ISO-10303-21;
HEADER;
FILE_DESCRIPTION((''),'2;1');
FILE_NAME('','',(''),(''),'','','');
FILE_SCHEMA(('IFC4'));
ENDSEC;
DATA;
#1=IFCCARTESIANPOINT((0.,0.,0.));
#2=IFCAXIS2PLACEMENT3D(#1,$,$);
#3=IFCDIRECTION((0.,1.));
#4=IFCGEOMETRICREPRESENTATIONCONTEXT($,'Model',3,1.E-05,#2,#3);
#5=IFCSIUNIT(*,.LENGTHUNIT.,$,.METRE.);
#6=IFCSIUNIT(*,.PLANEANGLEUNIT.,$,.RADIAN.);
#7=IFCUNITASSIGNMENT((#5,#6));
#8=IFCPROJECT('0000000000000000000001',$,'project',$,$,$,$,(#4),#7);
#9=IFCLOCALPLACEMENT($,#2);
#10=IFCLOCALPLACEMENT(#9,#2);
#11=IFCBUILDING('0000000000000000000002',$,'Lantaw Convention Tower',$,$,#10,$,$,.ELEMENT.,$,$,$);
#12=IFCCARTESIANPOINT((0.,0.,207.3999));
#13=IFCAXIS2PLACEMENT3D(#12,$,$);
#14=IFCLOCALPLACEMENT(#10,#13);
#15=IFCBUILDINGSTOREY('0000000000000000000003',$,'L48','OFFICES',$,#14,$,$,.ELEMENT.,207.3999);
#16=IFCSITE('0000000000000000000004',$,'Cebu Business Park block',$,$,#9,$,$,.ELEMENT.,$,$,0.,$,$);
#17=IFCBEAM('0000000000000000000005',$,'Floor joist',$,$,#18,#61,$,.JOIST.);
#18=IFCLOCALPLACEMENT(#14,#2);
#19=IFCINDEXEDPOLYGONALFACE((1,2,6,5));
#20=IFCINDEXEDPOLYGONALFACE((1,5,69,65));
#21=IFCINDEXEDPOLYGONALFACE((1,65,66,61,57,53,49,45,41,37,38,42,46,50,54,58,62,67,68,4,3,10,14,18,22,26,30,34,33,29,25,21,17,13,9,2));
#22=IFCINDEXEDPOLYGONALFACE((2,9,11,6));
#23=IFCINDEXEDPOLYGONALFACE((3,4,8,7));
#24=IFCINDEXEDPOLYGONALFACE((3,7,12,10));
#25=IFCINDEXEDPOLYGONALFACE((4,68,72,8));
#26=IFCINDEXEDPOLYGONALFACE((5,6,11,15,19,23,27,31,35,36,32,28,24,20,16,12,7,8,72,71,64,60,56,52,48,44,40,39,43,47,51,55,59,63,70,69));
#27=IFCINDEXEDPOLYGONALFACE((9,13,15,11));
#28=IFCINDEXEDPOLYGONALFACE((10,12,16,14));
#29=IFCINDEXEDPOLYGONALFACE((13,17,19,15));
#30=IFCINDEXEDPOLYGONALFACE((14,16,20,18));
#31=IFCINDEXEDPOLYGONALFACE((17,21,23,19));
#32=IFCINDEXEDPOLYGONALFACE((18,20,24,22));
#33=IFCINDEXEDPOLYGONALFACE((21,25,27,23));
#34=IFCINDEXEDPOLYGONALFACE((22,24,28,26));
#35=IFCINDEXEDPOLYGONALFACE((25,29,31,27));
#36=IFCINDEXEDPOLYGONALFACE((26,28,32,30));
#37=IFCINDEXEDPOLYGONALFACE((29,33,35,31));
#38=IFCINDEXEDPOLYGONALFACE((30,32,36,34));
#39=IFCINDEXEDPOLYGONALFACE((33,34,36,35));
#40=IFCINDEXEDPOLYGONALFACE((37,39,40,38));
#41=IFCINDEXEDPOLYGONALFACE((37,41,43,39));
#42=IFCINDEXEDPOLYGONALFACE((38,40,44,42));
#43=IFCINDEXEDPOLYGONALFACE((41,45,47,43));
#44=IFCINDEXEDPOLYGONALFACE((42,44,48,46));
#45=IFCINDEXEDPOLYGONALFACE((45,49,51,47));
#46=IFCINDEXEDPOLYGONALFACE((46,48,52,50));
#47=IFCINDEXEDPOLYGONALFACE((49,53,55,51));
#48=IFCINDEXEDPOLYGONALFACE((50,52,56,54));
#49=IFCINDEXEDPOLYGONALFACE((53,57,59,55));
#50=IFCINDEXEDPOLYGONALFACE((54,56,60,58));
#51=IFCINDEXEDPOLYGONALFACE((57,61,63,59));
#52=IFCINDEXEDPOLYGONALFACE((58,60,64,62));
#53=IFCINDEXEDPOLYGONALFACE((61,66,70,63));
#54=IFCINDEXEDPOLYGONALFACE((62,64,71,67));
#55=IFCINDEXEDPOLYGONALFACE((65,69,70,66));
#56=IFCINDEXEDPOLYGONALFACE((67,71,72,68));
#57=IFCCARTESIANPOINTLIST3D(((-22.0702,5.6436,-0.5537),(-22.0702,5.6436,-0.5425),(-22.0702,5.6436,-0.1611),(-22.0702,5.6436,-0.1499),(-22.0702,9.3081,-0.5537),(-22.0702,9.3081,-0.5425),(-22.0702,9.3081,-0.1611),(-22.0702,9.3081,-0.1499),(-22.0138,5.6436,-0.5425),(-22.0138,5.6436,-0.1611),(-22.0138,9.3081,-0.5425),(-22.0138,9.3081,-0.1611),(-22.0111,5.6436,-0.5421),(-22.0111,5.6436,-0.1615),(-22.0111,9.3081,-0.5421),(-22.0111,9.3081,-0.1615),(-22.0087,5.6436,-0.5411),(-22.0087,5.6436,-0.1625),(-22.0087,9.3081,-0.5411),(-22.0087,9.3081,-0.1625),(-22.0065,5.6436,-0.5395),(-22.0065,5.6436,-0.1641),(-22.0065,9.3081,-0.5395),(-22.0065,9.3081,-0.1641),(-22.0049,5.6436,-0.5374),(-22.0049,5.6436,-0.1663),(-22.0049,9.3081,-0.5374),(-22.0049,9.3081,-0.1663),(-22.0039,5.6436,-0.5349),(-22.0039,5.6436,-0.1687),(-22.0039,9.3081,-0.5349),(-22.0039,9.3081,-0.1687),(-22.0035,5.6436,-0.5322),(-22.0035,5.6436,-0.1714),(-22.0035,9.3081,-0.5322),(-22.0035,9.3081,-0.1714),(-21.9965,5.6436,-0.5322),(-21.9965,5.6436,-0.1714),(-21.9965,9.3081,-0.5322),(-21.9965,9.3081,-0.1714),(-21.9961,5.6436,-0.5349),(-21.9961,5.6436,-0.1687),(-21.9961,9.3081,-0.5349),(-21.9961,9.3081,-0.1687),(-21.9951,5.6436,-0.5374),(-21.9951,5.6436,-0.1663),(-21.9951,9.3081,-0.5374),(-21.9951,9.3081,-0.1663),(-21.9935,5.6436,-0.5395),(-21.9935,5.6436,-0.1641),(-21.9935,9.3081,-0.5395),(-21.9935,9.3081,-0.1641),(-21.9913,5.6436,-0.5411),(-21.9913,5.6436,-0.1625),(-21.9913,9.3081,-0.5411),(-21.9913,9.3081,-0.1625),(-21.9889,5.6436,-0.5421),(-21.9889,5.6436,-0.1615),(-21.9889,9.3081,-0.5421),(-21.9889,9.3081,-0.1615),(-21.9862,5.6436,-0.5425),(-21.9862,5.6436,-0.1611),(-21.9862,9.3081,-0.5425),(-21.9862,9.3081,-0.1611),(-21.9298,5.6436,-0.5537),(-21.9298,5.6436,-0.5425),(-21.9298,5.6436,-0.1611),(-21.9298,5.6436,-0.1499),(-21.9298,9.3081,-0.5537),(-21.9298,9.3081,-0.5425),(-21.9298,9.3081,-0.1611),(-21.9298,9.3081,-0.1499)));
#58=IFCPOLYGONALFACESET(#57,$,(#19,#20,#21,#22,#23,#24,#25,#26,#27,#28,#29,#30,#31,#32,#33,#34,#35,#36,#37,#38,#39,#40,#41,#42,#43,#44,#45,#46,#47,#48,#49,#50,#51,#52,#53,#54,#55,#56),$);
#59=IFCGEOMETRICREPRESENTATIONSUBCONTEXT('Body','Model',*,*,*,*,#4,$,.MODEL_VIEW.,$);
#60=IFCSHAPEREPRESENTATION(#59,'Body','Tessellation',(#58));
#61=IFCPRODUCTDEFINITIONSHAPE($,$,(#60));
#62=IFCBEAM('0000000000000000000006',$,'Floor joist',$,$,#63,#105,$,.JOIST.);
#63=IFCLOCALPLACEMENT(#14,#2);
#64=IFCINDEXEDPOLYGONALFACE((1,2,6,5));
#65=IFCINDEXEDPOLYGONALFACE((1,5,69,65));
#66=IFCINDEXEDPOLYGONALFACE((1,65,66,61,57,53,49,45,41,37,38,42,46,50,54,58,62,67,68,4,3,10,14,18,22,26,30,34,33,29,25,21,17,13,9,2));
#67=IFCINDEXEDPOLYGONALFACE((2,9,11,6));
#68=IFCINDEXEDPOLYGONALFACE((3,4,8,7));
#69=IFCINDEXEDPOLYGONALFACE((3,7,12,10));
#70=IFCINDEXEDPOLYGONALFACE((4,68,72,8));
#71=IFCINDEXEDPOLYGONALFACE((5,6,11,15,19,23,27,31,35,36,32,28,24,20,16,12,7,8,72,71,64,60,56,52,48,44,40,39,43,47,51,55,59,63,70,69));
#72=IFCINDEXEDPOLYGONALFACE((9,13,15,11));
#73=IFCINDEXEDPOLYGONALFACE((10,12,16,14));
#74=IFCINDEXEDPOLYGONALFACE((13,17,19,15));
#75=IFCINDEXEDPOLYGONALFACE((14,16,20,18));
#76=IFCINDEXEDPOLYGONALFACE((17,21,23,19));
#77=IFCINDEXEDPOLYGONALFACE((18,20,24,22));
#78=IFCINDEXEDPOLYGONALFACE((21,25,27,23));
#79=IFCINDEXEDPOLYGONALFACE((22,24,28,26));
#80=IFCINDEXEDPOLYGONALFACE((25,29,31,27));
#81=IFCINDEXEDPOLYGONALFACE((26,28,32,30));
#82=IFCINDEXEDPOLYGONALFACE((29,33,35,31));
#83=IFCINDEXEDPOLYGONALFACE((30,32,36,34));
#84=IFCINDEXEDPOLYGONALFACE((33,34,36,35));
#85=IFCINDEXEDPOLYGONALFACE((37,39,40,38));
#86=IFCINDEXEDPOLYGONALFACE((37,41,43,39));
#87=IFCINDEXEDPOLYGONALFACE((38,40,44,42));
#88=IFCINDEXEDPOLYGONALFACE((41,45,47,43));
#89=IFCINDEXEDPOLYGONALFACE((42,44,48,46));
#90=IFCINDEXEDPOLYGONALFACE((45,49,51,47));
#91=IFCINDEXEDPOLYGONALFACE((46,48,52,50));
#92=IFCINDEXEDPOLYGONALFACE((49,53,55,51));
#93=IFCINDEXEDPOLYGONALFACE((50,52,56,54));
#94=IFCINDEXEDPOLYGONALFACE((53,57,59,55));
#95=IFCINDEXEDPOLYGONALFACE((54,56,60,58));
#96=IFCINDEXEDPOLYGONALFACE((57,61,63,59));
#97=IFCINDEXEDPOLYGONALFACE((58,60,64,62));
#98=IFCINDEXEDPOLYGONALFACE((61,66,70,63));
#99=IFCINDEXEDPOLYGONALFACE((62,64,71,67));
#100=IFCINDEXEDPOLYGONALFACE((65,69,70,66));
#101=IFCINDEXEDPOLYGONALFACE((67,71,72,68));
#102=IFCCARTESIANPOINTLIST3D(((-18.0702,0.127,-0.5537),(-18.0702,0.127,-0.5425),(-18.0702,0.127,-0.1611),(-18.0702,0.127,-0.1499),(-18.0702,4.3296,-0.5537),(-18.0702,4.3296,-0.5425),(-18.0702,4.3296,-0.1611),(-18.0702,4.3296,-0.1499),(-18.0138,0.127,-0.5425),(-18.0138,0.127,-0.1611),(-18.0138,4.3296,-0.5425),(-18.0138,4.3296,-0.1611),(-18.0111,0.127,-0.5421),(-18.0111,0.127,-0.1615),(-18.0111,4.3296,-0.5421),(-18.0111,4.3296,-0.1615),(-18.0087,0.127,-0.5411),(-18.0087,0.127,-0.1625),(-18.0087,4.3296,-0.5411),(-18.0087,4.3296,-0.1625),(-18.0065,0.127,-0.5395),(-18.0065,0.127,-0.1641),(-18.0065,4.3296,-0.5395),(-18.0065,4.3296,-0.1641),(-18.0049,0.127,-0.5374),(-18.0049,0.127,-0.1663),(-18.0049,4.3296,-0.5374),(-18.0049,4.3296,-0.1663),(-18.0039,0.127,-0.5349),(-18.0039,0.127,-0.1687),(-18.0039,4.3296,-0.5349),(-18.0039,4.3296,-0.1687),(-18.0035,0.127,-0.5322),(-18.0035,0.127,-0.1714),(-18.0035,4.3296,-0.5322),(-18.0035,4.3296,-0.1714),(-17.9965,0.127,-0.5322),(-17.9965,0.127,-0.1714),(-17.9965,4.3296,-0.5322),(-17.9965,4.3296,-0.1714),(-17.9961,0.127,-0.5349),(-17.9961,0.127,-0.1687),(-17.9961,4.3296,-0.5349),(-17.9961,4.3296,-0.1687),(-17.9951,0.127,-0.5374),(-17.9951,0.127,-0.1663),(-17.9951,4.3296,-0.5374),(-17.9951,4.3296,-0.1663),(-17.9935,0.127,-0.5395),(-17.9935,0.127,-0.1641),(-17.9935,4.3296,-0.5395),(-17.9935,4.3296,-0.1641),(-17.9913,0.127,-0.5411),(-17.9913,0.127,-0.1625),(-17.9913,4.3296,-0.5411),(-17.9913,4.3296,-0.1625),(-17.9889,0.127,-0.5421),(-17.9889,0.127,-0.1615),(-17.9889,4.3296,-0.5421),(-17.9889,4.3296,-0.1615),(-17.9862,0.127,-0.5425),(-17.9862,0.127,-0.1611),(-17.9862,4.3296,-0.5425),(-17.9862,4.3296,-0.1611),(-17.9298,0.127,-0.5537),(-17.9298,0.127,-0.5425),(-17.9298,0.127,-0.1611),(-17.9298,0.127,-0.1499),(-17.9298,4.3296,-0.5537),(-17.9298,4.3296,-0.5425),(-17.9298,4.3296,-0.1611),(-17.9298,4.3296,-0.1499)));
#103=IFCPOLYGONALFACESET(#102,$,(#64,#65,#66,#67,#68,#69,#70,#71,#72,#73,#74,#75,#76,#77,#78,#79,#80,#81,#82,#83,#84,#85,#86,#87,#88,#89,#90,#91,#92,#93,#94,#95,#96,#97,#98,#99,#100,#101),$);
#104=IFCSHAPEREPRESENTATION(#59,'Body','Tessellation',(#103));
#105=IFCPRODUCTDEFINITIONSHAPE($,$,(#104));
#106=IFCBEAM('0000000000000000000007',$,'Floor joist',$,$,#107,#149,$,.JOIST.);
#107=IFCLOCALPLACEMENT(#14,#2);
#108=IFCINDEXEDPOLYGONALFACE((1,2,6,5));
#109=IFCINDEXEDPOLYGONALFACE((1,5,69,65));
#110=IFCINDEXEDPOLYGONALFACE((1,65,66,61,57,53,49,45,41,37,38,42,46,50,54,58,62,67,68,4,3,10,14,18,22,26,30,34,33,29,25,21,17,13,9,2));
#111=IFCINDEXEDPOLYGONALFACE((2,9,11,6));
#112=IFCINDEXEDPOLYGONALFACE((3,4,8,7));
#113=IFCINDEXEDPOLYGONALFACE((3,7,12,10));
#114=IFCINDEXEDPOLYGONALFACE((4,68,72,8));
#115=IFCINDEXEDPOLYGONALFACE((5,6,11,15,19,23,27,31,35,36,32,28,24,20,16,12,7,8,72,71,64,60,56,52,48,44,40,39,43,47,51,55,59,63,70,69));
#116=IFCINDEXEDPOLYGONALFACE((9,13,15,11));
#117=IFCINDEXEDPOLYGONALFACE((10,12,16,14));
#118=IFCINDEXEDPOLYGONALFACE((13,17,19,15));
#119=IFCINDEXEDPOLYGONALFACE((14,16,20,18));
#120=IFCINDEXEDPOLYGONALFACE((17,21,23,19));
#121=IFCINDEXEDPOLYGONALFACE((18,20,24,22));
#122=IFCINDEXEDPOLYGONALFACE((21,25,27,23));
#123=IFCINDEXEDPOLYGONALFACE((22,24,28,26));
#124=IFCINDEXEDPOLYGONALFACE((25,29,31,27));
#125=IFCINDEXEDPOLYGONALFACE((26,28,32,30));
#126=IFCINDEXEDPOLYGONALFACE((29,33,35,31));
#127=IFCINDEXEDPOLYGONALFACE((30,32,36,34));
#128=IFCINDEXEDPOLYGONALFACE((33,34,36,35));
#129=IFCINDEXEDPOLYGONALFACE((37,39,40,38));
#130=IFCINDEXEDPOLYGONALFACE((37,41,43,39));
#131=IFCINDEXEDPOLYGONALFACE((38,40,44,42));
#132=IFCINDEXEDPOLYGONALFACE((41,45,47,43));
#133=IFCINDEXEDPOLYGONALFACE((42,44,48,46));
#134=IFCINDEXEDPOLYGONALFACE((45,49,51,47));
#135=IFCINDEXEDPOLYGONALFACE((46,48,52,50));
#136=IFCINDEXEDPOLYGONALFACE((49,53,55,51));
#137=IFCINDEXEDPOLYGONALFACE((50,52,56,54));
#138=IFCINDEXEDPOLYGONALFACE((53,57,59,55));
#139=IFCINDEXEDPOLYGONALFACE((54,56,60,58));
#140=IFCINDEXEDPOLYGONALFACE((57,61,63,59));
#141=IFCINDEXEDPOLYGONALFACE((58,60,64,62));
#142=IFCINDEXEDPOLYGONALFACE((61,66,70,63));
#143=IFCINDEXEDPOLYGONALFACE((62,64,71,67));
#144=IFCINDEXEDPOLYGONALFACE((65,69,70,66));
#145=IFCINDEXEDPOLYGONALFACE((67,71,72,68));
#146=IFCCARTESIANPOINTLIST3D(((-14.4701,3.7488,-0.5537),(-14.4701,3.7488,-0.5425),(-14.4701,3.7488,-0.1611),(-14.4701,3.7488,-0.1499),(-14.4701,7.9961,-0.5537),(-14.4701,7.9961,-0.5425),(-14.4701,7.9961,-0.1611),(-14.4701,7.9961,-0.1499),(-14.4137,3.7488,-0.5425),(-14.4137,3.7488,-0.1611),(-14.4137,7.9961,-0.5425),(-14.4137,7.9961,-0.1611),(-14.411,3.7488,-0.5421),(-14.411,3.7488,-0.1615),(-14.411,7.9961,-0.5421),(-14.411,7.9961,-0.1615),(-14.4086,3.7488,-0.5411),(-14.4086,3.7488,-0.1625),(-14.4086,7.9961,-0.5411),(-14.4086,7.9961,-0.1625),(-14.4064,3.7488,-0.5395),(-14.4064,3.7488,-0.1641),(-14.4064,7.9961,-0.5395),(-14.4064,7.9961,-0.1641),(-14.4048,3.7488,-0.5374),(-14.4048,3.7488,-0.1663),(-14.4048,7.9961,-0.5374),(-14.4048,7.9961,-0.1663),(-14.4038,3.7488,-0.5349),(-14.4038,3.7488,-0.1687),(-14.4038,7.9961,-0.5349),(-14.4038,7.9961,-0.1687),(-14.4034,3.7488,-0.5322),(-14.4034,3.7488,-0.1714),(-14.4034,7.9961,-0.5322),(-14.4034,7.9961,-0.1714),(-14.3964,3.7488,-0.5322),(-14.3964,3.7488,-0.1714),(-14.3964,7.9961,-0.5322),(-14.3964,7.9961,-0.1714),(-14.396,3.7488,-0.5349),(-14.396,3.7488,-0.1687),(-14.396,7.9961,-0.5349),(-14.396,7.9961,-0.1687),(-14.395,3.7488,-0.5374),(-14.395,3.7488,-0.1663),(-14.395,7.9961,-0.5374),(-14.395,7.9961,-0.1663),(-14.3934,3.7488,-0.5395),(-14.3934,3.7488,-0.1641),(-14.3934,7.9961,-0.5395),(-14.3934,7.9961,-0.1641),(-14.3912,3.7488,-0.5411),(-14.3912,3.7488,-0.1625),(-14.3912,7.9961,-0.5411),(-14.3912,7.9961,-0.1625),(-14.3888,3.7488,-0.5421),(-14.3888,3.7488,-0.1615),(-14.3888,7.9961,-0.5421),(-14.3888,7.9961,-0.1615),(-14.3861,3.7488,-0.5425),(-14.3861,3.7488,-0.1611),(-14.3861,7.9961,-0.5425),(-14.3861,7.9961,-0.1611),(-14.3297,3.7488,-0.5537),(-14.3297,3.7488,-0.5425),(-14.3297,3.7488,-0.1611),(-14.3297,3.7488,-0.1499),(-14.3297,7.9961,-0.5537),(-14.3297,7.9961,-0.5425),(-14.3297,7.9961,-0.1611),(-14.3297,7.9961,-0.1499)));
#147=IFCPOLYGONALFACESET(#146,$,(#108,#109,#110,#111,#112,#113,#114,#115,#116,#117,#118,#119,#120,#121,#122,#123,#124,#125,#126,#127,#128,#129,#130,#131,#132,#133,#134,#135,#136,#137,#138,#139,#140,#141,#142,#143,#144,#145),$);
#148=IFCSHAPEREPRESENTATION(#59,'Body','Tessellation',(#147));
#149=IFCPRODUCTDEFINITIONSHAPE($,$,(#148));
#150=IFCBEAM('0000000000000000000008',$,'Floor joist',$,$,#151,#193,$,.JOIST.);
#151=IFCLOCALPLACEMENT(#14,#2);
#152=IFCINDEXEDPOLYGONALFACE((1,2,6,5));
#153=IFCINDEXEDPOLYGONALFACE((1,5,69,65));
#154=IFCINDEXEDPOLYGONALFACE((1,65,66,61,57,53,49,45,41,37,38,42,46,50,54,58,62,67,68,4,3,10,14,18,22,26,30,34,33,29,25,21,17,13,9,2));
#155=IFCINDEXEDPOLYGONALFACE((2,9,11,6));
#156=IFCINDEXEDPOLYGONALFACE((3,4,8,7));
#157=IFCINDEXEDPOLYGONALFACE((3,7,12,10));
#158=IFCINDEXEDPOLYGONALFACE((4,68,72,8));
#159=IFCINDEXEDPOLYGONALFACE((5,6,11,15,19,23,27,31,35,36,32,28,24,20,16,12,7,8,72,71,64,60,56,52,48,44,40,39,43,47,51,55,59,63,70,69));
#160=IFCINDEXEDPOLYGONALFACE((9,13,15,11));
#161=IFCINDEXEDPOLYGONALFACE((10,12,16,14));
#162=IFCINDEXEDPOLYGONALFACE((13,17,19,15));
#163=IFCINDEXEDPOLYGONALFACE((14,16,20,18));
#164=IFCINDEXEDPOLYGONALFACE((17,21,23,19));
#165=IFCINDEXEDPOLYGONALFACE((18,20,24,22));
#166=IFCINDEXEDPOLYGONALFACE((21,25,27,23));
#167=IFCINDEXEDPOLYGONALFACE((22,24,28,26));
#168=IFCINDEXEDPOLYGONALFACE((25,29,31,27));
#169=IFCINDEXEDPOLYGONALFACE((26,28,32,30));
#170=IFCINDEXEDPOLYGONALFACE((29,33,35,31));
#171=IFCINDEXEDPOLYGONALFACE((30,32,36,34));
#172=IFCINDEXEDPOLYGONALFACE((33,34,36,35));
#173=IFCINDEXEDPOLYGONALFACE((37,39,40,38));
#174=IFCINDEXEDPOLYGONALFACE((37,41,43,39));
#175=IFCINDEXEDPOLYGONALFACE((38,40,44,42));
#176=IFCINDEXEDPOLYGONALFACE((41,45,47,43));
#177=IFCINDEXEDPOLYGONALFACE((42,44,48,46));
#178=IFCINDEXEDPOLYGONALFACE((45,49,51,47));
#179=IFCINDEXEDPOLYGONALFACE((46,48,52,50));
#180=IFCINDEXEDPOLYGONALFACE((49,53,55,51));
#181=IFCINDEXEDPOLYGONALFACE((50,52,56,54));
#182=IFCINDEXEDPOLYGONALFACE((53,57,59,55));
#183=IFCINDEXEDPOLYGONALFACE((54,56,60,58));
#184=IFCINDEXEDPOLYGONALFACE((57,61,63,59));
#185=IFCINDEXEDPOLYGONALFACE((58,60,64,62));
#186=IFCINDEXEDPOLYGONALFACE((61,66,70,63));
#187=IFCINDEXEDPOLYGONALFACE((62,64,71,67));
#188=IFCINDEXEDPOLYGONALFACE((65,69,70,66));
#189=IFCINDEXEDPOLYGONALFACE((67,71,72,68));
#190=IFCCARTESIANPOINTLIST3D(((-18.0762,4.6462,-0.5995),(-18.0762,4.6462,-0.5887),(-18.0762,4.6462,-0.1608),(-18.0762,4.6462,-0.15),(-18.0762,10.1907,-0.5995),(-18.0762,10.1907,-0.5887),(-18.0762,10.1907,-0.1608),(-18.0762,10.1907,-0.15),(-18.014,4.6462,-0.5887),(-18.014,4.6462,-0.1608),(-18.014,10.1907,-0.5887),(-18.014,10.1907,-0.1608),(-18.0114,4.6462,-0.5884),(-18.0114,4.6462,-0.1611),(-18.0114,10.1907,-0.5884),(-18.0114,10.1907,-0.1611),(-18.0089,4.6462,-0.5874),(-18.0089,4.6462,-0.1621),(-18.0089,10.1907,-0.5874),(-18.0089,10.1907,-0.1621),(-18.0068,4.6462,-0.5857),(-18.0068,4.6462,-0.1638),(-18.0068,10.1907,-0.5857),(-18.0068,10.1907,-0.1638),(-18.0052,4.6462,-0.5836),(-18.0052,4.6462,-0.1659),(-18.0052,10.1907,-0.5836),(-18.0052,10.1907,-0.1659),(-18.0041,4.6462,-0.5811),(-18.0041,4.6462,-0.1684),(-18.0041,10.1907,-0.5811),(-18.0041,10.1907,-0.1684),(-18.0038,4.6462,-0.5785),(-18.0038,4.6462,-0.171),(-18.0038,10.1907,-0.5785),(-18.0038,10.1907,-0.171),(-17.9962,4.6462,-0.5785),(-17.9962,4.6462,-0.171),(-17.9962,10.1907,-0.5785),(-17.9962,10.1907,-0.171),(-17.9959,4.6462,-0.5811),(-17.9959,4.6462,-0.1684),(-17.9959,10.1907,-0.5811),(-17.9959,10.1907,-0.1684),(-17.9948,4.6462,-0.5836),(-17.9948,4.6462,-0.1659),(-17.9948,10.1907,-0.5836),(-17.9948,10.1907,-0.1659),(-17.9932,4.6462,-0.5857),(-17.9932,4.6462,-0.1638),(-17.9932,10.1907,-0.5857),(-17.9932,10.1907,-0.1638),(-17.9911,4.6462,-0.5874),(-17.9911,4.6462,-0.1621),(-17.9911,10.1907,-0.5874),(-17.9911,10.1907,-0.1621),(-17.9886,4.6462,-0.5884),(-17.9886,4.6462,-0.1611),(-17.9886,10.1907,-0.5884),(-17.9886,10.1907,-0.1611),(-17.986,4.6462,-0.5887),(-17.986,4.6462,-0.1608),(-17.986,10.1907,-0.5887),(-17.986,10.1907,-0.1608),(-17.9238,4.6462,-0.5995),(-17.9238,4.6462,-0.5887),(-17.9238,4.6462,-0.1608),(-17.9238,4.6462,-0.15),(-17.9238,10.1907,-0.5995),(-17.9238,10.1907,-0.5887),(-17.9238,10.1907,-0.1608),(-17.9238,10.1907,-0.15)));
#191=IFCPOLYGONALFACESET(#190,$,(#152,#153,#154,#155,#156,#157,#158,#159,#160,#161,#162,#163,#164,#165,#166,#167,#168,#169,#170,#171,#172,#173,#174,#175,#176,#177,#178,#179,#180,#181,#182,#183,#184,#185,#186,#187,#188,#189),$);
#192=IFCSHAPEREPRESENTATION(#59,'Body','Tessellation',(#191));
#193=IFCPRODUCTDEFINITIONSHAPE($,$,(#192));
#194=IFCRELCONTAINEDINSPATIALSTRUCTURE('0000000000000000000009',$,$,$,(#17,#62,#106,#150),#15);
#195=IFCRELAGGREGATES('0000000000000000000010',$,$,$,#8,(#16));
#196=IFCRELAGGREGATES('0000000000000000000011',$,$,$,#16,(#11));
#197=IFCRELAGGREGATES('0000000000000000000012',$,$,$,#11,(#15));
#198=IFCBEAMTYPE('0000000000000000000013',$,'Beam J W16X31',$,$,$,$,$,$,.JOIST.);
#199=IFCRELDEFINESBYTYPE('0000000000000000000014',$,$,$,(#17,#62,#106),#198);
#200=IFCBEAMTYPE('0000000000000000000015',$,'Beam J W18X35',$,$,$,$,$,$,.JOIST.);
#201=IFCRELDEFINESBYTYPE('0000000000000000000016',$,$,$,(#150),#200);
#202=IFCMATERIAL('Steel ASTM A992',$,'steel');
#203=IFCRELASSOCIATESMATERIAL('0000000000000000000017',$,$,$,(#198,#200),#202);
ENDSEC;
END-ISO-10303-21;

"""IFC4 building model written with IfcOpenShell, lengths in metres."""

from ifc_helpers import new_model, si_unit, direction, frame, origin, origin_2d, place, context, subcontext, project, spatial, i_section, extrude, material, material_profile, profile_set, type_object, element, save


model = new_model("IFC4")

# Units and contexts
model_context = context("Model", 3, precision=1e-05, world=origin(), true_north=direction((0.0, 1.0)))
body_context = subcontext(model_context, "Body", "Model", "MODEL_VIEW")
ifc_project = project(units=[si_unit("LENGTHUNIT", "METRE"), si_unit("PLANEANGLEUNIT", "RADIAN")], contexts=[model_context])

# Site, building, storey
site_placement = place(None, origin())
site = spatial("IfcSite", under=ifc_project, at=site_placement, Name="Cebu Business Park block", CompositionType="ELEMENT", RefElevation=0.0)
building_placement = place(site_placement, origin())
building = spatial("IfcBuilding", under=site, at=building_placement, Name="Lantaw Convention Tower", CompositionType="ELEMENT")
storey_placement = place(building_placement, frame((0.0, 0.0, 207.3999)))
storey = spatial("IfcBuildingStorey", under=building, at=storey_placement, Name="L48", Description="OFFICES", CompositionType="ELEMENT", Elevation=207.3999)

# Beams
ifc_material_1 = material(Name="Steel ASTM A992", Category="steel")
ifc_material_profile_1 = material_profile(ifc_material_1, i_section(OverallWidth=0.1404, OverallDepth=0.4038, WebThickness=0.0071, FlangeThickness=0.0112, FilletRadius=0.0103, at=origin_2d()), Name="W16X31")
ifc_profile_set_1 = profile_set([ifc_material_profile_1], Name="Steel ASTM A992")
beam_type_1 = type_object("IfcBeamType", Name="Beam J W16X31", PredefinedType="JOIST", material=ifc_profile_set_1)
beam_1_placement = place(storey_placement, frame((-22.0, 5.6436, -0.3518), z_axis=(0.0, 1.0, 0.0), x_axis=(-1.0, 0.0, 0.0)))
element("IfcBeam", 1, at=beam_1_placement, inside=storey, type_object=beam_type_1, Name="Floor joist", PredefinedType="JOIST", context=body_context, shape_type="SweptSolid", body=[
    extrude(i_section(OverallWidth=0.1404, OverallDepth=0.4038, WebThickness=0.0071, FlangeThickness=0.0112, FilletRadius=0.0103, at=origin_2d()), origin(), (0.0, 0.0, 1.0), 3.6646),
])
beam_2_placement = place(storey_placement, frame((-18.0, 0.127, -0.3518), z_axis=(0.0, 1.0, 0.0), x_axis=(-1.0, 0.0, 0.0)))
element("IfcBeam", 2, at=beam_2_placement, inside=storey, type_object=beam_type_1, Name="Floor joist", PredefinedType="JOIST", context=body_context, shape_type="SweptSolid", body=[
    extrude(i_section(OverallWidth=0.1404, OverallDepth=0.4038, WebThickness=0.0071, FlangeThickness=0.0112, FilletRadius=0.0103, at=origin_2d()), origin(), (0.0, 0.0, 1.0), 4.2026),
])
beam_3_placement = place(storey_placement, frame((-14.3999, 3.7488, -0.3518), z_axis=(0.0, 1.0, 0.0), x_axis=(-1.0, 0.0, 0.0)))
element("IfcBeam", 3, at=beam_3_placement, inside=storey, type_object=beam_type_1, Name="Floor joist", PredefinedType="JOIST", context=body_context, shape_type="SweptSolid", body=[
    extrude(i_section(OverallWidth=0.1404, OverallDepth=0.4038, WebThickness=0.0071, FlangeThickness=0.0112, FilletRadius=0.0103, at=origin_2d()), origin(), (0.0, 0.0, 1.0), 4.2473),
])
ifc_material_profile_2 = material_profile(ifc_material_1, i_section(OverallWidth=0.1523, OverallDepth=0.4495, WebThickness=0.0076, FlangeThickness=0.0107, FilletRadius=0.0103, at=origin_2d()), Name="W18X35")
ifc_profile_set_2 = profile_set([ifc_material_profile_2], Name="Steel ASTM A992")
beam_type_2 = type_object("IfcBeamType", Name="Beam J W18X35", PredefinedType="JOIST", material=ifc_profile_set_2)
beam_4_placement = place(storey_placement, frame((-18.0, 4.6462, -0.3748), z_axis=(0.0, 1.0, 0.0), x_axis=(-1.0, 0.0, 0.0)))
element("IfcBeam", 4, at=beam_4_placement, inside=storey, type_object=beam_type_2, Name="Floor joist", PredefinedType="JOIST", context=body_context, shape_type="SweptSolid", body=[
    extrude(i_section(OverallWidth=0.1523, OverallDepth=0.4495, WebThickness=0.0076, FlangeThickness=0.0107, FilletRadius=0.0103, at=origin_2d()), origin(), (0.0, 0.0, 1.0), 5.5444),
])

save(model, "model.ifc")
